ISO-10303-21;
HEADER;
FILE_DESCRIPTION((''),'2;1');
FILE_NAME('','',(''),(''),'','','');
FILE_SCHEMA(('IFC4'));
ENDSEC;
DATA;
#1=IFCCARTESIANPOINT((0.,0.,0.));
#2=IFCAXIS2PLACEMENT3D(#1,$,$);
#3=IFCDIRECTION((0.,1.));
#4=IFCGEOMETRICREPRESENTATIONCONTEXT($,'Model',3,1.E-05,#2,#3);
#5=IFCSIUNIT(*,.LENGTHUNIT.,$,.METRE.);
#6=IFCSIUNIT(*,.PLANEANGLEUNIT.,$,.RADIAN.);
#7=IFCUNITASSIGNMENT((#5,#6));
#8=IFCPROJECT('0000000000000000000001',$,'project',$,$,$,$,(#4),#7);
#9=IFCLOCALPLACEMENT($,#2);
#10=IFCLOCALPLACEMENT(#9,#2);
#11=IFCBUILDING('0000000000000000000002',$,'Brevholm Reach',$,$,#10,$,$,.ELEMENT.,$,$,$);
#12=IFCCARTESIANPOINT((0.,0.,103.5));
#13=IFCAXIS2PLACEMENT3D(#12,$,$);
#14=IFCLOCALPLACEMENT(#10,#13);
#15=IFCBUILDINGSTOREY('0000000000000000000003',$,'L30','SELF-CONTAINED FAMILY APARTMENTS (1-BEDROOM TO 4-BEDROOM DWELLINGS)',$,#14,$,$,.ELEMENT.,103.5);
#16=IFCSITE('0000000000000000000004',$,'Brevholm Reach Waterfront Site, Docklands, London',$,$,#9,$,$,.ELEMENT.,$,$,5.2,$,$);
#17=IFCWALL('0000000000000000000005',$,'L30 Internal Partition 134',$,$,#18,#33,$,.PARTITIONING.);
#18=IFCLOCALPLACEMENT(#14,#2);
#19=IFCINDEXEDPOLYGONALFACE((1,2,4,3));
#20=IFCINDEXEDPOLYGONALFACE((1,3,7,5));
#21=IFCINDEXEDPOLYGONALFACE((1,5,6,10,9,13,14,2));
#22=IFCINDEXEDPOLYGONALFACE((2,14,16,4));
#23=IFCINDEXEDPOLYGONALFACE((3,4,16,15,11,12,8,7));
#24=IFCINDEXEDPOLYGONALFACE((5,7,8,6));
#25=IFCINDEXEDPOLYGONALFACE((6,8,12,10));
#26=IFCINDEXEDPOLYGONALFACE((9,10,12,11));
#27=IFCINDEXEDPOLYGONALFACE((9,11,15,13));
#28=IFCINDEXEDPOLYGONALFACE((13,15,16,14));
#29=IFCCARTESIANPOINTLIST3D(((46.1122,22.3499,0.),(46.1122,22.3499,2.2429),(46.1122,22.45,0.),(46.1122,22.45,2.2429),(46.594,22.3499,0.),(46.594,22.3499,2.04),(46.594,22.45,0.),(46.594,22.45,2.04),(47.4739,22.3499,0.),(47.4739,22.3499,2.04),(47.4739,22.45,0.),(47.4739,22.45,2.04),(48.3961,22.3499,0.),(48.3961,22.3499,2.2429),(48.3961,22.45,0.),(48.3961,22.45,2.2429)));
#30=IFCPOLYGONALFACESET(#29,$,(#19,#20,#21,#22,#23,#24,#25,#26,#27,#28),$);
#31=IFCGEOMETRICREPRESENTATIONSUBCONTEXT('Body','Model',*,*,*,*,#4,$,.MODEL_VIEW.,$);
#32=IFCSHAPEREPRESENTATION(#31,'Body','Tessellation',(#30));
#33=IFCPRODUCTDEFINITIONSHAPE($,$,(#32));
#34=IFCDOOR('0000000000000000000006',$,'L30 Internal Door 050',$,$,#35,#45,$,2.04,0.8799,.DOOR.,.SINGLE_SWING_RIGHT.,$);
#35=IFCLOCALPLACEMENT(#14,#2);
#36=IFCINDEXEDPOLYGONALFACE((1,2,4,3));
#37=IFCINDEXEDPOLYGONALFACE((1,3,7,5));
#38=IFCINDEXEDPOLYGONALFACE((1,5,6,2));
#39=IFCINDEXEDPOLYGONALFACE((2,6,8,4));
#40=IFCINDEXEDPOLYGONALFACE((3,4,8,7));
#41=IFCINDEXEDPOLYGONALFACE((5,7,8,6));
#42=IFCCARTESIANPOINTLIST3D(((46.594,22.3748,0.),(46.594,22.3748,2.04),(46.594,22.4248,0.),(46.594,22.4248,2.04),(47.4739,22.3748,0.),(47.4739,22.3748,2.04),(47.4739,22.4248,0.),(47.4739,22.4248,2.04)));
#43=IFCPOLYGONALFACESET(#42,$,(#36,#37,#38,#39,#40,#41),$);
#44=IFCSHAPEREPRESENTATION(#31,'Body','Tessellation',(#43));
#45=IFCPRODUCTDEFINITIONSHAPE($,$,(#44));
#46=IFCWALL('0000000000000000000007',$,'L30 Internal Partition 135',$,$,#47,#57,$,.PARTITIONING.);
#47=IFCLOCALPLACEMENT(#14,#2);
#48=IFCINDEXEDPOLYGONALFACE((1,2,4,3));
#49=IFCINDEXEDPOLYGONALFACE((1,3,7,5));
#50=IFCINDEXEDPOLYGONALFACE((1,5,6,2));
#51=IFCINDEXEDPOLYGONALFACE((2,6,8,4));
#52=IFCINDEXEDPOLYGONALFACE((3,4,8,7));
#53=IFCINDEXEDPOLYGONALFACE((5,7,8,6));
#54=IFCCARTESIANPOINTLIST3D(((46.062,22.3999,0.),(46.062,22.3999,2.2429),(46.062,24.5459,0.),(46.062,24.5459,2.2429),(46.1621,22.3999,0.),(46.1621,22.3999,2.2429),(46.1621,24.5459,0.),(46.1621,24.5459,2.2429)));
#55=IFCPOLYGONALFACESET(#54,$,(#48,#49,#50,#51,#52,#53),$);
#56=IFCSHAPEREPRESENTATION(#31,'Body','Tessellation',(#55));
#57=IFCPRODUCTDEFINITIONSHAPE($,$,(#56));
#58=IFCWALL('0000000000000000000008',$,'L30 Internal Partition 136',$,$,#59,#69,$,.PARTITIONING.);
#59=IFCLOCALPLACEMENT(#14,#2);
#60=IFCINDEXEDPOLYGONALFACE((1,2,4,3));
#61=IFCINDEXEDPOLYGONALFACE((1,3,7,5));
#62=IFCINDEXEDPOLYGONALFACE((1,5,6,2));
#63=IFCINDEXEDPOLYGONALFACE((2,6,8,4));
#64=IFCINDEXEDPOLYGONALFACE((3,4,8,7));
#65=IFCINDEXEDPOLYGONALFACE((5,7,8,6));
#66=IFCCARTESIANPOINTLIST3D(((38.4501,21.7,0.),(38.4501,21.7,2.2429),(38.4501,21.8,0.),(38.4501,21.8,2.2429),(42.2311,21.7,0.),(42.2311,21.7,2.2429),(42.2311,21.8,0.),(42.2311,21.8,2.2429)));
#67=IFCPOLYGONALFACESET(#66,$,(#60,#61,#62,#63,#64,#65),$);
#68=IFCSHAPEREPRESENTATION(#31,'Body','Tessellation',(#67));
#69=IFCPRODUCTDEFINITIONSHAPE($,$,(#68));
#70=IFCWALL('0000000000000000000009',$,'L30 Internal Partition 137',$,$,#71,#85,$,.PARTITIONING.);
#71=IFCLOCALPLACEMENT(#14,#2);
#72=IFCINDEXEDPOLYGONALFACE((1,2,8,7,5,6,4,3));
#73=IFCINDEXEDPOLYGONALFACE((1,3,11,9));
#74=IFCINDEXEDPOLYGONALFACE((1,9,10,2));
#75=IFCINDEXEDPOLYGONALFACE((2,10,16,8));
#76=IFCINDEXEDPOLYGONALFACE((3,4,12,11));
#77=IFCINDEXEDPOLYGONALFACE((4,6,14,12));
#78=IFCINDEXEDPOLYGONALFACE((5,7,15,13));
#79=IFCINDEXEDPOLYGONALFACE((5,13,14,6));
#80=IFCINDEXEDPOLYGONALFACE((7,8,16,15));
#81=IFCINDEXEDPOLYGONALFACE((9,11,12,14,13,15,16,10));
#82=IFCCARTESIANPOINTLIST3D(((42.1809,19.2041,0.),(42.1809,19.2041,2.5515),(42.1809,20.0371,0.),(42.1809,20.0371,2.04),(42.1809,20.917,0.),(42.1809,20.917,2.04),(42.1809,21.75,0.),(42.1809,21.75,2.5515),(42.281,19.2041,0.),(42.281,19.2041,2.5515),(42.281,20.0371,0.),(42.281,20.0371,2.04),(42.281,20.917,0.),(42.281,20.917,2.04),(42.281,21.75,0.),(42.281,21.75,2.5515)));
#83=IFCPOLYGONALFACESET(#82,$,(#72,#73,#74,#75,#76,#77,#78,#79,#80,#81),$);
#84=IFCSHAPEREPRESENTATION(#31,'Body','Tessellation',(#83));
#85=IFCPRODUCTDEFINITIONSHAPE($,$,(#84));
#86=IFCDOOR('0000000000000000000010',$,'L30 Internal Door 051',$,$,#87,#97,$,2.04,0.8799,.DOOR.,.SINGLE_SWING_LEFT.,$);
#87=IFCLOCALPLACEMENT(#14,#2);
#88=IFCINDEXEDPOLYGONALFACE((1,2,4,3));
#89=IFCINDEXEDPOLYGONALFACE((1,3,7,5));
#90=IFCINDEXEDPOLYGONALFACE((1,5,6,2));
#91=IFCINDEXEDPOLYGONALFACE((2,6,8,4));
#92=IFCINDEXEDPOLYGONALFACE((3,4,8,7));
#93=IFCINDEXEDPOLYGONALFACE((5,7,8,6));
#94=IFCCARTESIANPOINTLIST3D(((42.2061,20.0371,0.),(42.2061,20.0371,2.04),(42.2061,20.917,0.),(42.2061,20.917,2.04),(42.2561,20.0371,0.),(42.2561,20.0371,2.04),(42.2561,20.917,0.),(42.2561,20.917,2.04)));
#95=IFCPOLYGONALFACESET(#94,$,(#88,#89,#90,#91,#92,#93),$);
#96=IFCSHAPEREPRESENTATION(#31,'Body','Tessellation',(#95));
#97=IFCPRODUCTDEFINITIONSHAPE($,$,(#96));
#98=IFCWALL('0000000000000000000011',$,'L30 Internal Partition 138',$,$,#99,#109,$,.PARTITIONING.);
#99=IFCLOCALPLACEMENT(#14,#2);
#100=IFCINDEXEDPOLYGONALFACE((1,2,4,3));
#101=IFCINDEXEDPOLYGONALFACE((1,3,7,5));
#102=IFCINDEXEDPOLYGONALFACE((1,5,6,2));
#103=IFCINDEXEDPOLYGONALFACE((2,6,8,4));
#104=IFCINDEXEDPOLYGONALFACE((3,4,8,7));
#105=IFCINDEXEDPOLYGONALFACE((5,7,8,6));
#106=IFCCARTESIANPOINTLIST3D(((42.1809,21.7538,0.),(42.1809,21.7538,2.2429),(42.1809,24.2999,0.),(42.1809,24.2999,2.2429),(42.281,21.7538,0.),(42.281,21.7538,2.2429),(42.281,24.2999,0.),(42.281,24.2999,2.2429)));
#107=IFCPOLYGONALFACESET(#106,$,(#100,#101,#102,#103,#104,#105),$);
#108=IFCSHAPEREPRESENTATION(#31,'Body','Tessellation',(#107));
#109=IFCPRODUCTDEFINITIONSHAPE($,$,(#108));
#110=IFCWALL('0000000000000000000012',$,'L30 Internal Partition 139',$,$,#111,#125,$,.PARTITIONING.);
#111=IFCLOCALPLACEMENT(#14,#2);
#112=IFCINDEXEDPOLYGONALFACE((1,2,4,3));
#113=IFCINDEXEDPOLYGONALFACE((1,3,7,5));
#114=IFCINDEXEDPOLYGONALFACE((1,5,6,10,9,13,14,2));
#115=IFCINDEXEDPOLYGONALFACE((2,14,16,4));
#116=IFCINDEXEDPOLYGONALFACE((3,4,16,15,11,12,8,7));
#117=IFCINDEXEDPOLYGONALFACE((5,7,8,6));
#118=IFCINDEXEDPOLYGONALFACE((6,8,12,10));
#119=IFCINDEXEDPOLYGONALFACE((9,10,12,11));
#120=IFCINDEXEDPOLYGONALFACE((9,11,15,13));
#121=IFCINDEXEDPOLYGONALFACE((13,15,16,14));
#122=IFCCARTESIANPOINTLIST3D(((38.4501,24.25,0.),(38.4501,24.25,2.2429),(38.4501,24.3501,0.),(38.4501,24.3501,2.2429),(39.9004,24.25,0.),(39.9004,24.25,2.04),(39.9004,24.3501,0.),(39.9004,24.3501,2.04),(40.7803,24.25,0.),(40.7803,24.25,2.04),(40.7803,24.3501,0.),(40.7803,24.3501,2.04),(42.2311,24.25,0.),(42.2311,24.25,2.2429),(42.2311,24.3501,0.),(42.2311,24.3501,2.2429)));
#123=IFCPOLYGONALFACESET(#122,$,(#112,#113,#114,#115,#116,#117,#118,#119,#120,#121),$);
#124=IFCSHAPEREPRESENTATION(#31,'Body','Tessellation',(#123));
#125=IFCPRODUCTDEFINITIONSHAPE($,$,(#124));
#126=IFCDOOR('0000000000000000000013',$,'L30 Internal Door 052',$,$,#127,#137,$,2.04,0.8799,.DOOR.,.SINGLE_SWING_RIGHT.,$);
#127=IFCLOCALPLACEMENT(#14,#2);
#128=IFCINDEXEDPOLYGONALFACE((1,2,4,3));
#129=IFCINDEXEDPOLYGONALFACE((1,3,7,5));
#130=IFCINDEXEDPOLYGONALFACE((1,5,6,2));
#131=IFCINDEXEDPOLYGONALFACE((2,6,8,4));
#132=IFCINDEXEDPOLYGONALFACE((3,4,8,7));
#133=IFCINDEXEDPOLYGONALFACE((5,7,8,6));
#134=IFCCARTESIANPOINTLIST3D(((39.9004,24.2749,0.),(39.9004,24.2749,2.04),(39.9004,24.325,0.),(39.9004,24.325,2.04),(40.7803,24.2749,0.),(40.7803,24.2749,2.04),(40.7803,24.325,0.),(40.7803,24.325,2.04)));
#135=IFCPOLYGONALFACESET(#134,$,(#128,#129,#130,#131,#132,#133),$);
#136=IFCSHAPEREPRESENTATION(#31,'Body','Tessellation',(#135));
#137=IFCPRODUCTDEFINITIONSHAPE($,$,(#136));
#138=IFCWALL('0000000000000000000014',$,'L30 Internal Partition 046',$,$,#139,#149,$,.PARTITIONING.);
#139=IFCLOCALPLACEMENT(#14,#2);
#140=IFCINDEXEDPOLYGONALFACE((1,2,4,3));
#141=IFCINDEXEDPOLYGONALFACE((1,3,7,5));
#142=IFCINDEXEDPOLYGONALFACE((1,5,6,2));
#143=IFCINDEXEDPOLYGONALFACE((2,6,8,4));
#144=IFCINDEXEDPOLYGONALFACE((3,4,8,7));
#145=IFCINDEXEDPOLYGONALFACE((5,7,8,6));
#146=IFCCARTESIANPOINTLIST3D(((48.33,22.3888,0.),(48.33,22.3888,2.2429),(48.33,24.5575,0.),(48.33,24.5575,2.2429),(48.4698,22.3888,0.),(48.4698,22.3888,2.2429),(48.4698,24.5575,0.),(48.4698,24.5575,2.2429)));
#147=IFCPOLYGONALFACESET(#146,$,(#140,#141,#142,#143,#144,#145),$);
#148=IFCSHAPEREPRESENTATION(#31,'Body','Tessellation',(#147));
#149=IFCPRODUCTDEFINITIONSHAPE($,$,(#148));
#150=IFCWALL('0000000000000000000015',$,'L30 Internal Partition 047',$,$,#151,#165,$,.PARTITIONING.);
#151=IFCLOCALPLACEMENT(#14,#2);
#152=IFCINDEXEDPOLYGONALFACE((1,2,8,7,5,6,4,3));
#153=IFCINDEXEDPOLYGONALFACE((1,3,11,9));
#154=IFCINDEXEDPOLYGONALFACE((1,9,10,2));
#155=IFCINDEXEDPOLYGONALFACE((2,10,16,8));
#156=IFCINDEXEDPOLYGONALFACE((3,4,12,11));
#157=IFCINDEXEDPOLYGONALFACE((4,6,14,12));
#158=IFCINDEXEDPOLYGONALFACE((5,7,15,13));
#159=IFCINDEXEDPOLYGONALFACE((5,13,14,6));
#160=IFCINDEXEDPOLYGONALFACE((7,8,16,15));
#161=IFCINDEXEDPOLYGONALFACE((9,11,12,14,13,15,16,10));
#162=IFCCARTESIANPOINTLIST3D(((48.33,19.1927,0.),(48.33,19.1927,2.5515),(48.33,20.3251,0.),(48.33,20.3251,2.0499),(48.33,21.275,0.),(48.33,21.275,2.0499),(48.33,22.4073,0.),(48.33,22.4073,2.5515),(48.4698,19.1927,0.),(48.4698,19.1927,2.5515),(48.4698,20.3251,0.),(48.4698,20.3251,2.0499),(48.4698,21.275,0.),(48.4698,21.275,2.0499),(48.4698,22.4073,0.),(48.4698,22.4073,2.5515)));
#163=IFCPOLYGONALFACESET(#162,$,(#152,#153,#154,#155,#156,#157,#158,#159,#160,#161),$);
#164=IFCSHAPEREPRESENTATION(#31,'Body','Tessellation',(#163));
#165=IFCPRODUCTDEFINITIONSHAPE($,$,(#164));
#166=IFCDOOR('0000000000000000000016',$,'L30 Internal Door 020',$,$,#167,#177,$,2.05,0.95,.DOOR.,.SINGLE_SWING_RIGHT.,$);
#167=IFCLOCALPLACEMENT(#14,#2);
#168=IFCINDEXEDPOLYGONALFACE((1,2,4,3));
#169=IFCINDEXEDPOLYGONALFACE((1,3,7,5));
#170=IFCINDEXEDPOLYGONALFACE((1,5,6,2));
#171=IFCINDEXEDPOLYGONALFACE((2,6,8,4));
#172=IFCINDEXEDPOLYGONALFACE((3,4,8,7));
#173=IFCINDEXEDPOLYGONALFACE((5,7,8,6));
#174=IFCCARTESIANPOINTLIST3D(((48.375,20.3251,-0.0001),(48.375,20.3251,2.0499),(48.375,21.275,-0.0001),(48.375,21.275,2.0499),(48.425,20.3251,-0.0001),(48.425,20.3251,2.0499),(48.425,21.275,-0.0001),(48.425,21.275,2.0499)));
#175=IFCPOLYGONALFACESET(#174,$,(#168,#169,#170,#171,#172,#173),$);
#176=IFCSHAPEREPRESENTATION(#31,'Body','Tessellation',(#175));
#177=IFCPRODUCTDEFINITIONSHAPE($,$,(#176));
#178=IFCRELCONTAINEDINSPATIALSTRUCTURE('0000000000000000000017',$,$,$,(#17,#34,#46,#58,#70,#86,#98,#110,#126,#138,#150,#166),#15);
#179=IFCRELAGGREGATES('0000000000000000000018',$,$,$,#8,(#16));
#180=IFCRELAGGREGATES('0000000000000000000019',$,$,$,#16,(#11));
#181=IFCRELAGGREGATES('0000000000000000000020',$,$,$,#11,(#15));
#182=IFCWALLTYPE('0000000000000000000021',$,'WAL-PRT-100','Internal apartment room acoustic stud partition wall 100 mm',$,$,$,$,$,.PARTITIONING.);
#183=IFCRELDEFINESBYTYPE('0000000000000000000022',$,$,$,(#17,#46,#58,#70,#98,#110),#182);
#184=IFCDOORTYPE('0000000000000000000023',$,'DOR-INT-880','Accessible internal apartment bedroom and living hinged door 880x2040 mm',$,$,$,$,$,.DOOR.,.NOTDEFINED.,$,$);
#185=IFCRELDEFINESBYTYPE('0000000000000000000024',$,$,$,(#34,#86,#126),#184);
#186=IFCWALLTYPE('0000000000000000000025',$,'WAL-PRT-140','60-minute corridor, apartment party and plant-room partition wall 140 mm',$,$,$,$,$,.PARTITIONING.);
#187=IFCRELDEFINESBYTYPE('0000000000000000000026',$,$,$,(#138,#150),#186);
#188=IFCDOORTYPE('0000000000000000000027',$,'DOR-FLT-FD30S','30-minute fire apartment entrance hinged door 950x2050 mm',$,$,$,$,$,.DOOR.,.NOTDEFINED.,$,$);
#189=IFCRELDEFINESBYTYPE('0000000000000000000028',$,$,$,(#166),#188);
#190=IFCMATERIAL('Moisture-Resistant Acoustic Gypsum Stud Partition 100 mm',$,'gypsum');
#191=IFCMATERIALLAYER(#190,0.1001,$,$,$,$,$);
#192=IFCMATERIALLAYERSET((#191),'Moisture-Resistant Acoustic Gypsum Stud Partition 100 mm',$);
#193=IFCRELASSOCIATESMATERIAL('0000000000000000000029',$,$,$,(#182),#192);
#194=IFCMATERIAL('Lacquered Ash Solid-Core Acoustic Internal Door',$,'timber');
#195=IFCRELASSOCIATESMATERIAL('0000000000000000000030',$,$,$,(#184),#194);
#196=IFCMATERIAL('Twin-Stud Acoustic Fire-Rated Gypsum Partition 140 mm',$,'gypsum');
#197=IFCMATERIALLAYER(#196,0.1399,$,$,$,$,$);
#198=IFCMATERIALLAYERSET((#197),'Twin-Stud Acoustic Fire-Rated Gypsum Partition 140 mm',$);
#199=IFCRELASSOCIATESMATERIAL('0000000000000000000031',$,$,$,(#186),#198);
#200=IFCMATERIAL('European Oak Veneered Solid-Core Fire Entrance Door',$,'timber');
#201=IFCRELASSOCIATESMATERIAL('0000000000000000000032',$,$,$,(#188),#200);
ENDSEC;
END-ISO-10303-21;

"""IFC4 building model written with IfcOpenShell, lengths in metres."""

from ifc_helpers import new_model, si_unit, direction, frame, frame_2d, origin, place, context, subcontext, project, spatial, rectangle, extrude, material, layer, layer_set, type_object, element, fill, save


model = new_model("IFC4")

# Units and contexts
model_context = context("Model", 3, precision=1e-05, world=origin(), true_north=direction((0.0, 1.0)))
body_context = subcontext(model_context, "Body", "Model", "MODEL_VIEW")
ifc_project = project(units=[si_unit("LENGTHUNIT", "METRE"), si_unit("PLANEANGLEUNIT", "RADIAN")], contexts=[model_context])

# Site, building, storey
site_placement = place(None, origin())
site = spatial("IfcSite", under=ifc_project, at=site_placement, Name="Brevholm Reach Waterfront Site, Docklands, London", CompositionType="ELEMENT", RefElevation=5.2)
building_placement = place(site_placement, origin())
building = spatial("IfcBuilding", under=site, at=building_placement, Name="Brevholm Reach", CompositionType="ELEMENT")
storey_placement = place(building_placement, frame((0.0, 0.0, 103.5)))
storey = spatial("IfcBuildingStorey", under=building, at=storey_placement, Name="L30", Description="SELF-CONTAINED FAMILY APARTMENTS (1-BEDROOM TO 4-BEDROOM DWELLINGS)", CompositionType="ELEMENT", Elevation=103.5)

# Wall, opening, door
ifc_material_1 = material(Name="Moisture-Resistant Acoustic Gypsum Stud Partition 100 mm", Category="gypsum")
ifc_layer_1 = layer(ifc_material_1, 0.1001)
ifc_layer_set_1 = layer_set([ifc_layer_1], Name="Moisture-Resistant Acoustic Gypsum Stud Partition 100 mm")
wall_type_1 = type_object("IfcWallType", Name="WAL-PRT-100", Description="Internal apartment room acoustic stud partition wall 100 mm", PredefinedType="PARTITIONING", material=ifc_layer_set_1)
wall_1_placement = place(storey_placement, frame((46.1121, 22.3999, 0.0), z_axis=(0.0, 0.0, 1.0), x_axis=(1.0, 0.0, 0.0)))
wall_1 = element("IfcWall", 1, at=wall_1_placement, inside=storey, type_object=wall_type_1, Name="L30 Internal Partition 134", PredefinedType="PARTITIONING", context=body_context, shape_type="SweptSolid", body=[
    extrude(rectangle(XDim=2.2839, YDim=0.1001, at=frame_2d((1.1421, 0.0))), origin(), (0.0, 0.0, 1.0), 2.2429),
])
opening_1_placement = place(wall_1_placement, frame((0.4819, 0.0, 0.0)))
opening_1 = element("IfcOpeningElement", 2, at=opening_1_placement, cuts=wall_1, PredefinedType="OPENING", context=body_context, shape_type="SweptSolid", body=[
    extrude(rectangle(XDim=0.8799, YDim=2.04, at=frame_2d((0.4399, 1.02))), frame((0.0, 0.0601, 0.0), z_axis=(0.0, -1.0, 0.0), x_axis=(1.0, 0.0, 0.0)), (0.0, 0.0, 1.0), 0.1201),
])
ifc_material_2 = material(Name="Lacquered Ash Solid-Core Acoustic Internal Door", Category="timber")
door_type_1 = type_object("IfcDoorType", Name="DOR-INT-880", Description="Accessible internal apartment bedroom and living hinged door 880x2040 mm", OperationType="NOTDEFINED", PredefinedType="DOOR", material=ifc_material_2)
door_1_placement = place(opening_1_placement, origin())
door_1 = element("IfcDoor", 3, at=door_1_placement, inside=storey, type_object=door_type_1, Name="L30 Internal Door 050", OperationType="SINGLE_SWING_RIGHT", OverallHeight=2.04, OverallWidth=0.8799, PredefinedType="DOOR", context=body_context, shape_type="SweptSolid", body=[
    extrude(rectangle(XDim=0.8799, YDim=2.04, at=frame_2d((0.4399, 1.02))), frame((0.0, 0.0249, 0.0), z_axis=(0.0, -1.0, 0.0), x_axis=(1.0, 0.0, 0.0)), (0.0, 0.0, 1.0), 0.05),
])
fill(opening_1, door_1)

# Walls
wall_2_placement = place(storey_placement, frame((46.1121, 22.3999, 0.0), z_axis=(0.0, 0.0, 1.0), x_axis=(0.0, 1.0, 0.0)))
element("IfcWall", 4, at=wall_2_placement, inside=storey, type_object=wall_type_1, Name="L30 Internal Partition 135", PredefinedType="PARTITIONING", context=body_context, shape_type="SweptSolid", body=[
    extrude(rectangle(XDim=2.146, YDim=0.1001, at=frame_2d((1.073, 0.0))), origin(), (0.0, 0.0, 1.0), 2.2429),
])
wall_3_placement = place(storey_placement, frame((38.45, 21.75, 0.0), z_axis=(0.0, 0.0, 1.0), x_axis=(1.0, 0.0, 0.0)))
element("IfcWall", 5, at=wall_3_placement, inside=storey, type_object=wall_type_1, Name="L30 Internal Partition 136", PredefinedType="PARTITIONING", context=body_context, shape_type="SweptSolid", body=[
    extrude(rectangle(XDim=3.781, YDim=0.1001, at=frame_2d((1.8906, 0.0))), origin(), (0.0, 0.0, 1.0), 2.2429),
])

# Wall, opening, door
wall_4_placement = place(storey_placement, frame((42.231, 19.2041, 0.0), z_axis=(0.0, 0.0, 1.0), x_axis=(0.0, 1.0, 0.0)))
wall_4 = element("IfcWall", 6, at=wall_4_placement, inside=storey, type_object=wall_type_1, Name="L30 Internal Partition 137", PredefinedType="PARTITIONING", context=body_context, shape_type="SweptSolid", body=[
    extrude(rectangle(XDim=2.5459, YDim=0.1001, at=frame_2d((1.2729, 0.0))), origin(), (0.0, 0.0, 1.0), 2.5515),
])
opening_2_placement = place(wall_4_placement, frame((0.833, 0.0, 0.0)))
opening_2 = element("IfcOpeningElement", 7, at=opening_2_placement, cuts=wall_4, PredefinedType="OPENING", context=body_context, shape_type="SweptSolid", body=[
    extrude(rectangle(XDim=0.8799, YDim=2.04, at=frame_2d((0.4399, 1.02))), frame((0.0, 0.0601, 0.0), z_axis=(0.0, -1.0, 0.0), x_axis=(1.0, 0.0, 0.0)), (0.0, 0.0, 1.0), 0.1201),
])
door_2_placement = place(opening_2_placement, origin())
door_2 = element("IfcDoor", 8, at=door_2_placement, inside=storey, type_object=door_type_1, Name="L30 Internal Door 051", OperationType="SINGLE_SWING_LEFT", OverallHeight=2.04, OverallWidth=0.8799, PredefinedType="DOOR", context=body_context, shape_type="SweptSolid", body=[
    extrude(rectangle(XDim=0.8799, YDim=2.04, at=frame_2d((0.4399, 1.02))), frame((0.0, 0.0249, 0.0), z_axis=(0.0, -1.0, 0.0), x_axis=(1.0, 0.0, 0.0)), (0.0, 0.0, 1.0), 0.05),
])
fill(opening_2, door_2)

# Wall
wall_5_placement = place(storey_placement, frame((42.231, 21.7539, 0.0), z_axis=(0.0, 0.0, 1.0), x_axis=(0.0, 1.0, 0.0)))
element("IfcWall", 9, at=wall_5_placement, inside=storey, type_object=wall_type_1, Name="L30 Internal Partition 138", PredefinedType="PARTITIONING", context=body_context, shape_type="SweptSolid", body=[
    extrude(rectangle(XDim=2.5461, YDim=0.1001, at=frame_2d((1.2729, 0.0))), origin(), (0.0, 0.0, 1.0), 2.2429),
])

# Wall, opening, door
wall_6_placement = place(storey_placement, frame((38.45, 24.3, 0.0), z_axis=(0.0, 0.0, 1.0), x_axis=(1.0, 0.0, 0.0)))
wall_6 = element("IfcWall", 10, at=wall_6_placement, inside=storey, type_object=wall_type_1, Name="L30 Internal Partition 139", PredefinedType="PARTITIONING", context=body_context, shape_type="SweptSolid", body=[
    extrude(rectangle(XDim=3.781, YDim=0.1001, at=frame_2d((1.8906, 0.0))), origin(), (0.0, 0.0, 1.0), 2.2429),
])
opening_3_placement = place(wall_6_placement, frame((1.4504, 0.0, 0.0)))
opening_3 = element("IfcOpeningElement", 11, at=opening_3_placement, cuts=wall_6, PredefinedType="OPENING", context=body_context, shape_type="SweptSolid", body=[
    extrude(rectangle(XDim=0.8799, YDim=2.04, at=frame_2d((0.4399, 1.02))), frame((0.0, 0.0601, 0.0), z_axis=(0.0, -1.0, 0.0), x_axis=(1.0, 0.0, 0.0)), (0.0, 0.0, 1.0), 0.1201),
])
door_3_placement = place(opening_3_placement, origin())
door_3 = element("IfcDoor", 12, at=door_3_placement, inside=storey, type_object=door_type_1, Name="L30 Internal Door 052", OperationType="SINGLE_SWING_RIGHT", OverallHeight=2.04, OverallWidth=0.8799, PredefinedType="DOOR", context=body_context, shape_type="SweptSolid", body=[
    extrude(rectangle(XDim=0.8799, YDim=2.04, at=frame_2d((0.4399, 1.02))), frame((0.0, 0.0249, 0.0), z_axis=(0.0, -1.0, 0.0), x_axis=(1.0, 0.0, 0.0)), (0.0, 0.0, 1.0), 0.05),
])
fill(opening_3, door_3)

# Wall
ifc_material_3 = material(Name="Twin-Stud Acoustic Fire-Rated Gypsum Partition 140 mm", Category="gypsum")
ifc_layer_2 = layer(ifc_material_3, 0.1399)
ifc_layer_set_2 = layer_set([ifc_layer_2], Name="Twin-Stud Acoustic Fire-Rated Gypsum Partition 140 mm")
wall_type_2 = type_object("IfcWallType", Name="WAL-PRT-140", Description="60-minute corridor, apartment party and plant-room partition wall 140 mm", PredefinedType="PARTITIONING", material=ifc_layer_set_2)
wall_7_placement = place(storey_placement, frame((48.3999, 22.3887, 0.0), z_axis=(0.0, 0.0, 1.0), x_axis=(0.0, 1.0, 0.0)))
element("IfcWall", 13, at=wall_7_placement, inside=storey, type_object=wall_type_2, Name="L30 Internal Partition 046", PredefinedType="PARTITIONING", context=body_context, shape_type="SweptSolid", body=[
    extrude(rectangle(XDim=2.1687, YDim=0.1399, at=frame_2d((1.0845, 0.0))), origin(), (0.0, 0.0, 1.0), 2.2429),
])

# Wall, opening, door
wall_8_placement = place(storey_placement, frame((48.3999, 19.1926, 0.0), z_axis=(0.0, 0.0, 1.0), x_axis=(0.0, 1.0, 0.0)))
wall_8 = element("IfcWall", 14, at=wall_8_placement, inside=storey, type_object=wall_type_2, Name="L30 Internal Partition 047", PredefinedType="PARTITIONING", context=body_context, shape_type="SweptSolid", body=[
    extrude(rectangle(XDim=3.2146, YDim=0.1399, at=frame_2d((1.6074, 0.0))), origin(), (0.0, 0.0, 1.0), 2.5515),
])
opening_4_placement = place(wall_8_placement, frame((1.1323, 0.0, 0.0)))
opening_4 = element("IfcOpeningElement", 15, at=opening_4_placement, cuts=wall_8, PredefinedType="OPENING", context=body_context, shape_type="SweptSolid", body=[
    extrude(rectangle(XDim=0.95, YDim=2.05, at=frame_2d((0.4751, 1.0249))), frame((0.0, 0.0798, 0.0), z_axis=(0.0, -1.0, 0.0), x_axis=(1.0, 0.0, 0.0)), (0.0, 0.0, 1.0), 0.1599),
])
ifc_material_4 = material(Name="European Oak Veneered Solid-Core Fire Entrance Door", Category="timber")
door_type_2 = type_object("IfcDoorType", Name="DOR-FLT-FD30S", Description="30-minute fire apartment entrance hinged door 950x2050 mm", OperationType="NOTDEFINED", PredefinedType="DOOR", material=ifc_material_4)
door_4_placement = place(opening_4_placement, origin())
door_4 = element("IfcDoor", 16, at=door_4_placement, inside=storey, type_object=door_type_2, Name="L30 Internal Door 020", OperationType="SINGLE_SWING_RIGHT", OverallHeight=2.05, OverallWidth=0.95, PredefinedType="DOOR", context=body_context, shape_type="SweptSolid", body=[
    extrude(rectangle(XDim=0.95, YDim=2.05, at=frame_2d((0.4751, 1.0249))), frame((0.0, 0.0249, 0.0), z_axis=(0.0, -1.0, 0.0), x_axis=(1.0, 0.0, 0.0)), (0.0, 0.0, 1.0), 0.05),
])
fill(opening_4, door_4)

save(model, "model.ifc")
